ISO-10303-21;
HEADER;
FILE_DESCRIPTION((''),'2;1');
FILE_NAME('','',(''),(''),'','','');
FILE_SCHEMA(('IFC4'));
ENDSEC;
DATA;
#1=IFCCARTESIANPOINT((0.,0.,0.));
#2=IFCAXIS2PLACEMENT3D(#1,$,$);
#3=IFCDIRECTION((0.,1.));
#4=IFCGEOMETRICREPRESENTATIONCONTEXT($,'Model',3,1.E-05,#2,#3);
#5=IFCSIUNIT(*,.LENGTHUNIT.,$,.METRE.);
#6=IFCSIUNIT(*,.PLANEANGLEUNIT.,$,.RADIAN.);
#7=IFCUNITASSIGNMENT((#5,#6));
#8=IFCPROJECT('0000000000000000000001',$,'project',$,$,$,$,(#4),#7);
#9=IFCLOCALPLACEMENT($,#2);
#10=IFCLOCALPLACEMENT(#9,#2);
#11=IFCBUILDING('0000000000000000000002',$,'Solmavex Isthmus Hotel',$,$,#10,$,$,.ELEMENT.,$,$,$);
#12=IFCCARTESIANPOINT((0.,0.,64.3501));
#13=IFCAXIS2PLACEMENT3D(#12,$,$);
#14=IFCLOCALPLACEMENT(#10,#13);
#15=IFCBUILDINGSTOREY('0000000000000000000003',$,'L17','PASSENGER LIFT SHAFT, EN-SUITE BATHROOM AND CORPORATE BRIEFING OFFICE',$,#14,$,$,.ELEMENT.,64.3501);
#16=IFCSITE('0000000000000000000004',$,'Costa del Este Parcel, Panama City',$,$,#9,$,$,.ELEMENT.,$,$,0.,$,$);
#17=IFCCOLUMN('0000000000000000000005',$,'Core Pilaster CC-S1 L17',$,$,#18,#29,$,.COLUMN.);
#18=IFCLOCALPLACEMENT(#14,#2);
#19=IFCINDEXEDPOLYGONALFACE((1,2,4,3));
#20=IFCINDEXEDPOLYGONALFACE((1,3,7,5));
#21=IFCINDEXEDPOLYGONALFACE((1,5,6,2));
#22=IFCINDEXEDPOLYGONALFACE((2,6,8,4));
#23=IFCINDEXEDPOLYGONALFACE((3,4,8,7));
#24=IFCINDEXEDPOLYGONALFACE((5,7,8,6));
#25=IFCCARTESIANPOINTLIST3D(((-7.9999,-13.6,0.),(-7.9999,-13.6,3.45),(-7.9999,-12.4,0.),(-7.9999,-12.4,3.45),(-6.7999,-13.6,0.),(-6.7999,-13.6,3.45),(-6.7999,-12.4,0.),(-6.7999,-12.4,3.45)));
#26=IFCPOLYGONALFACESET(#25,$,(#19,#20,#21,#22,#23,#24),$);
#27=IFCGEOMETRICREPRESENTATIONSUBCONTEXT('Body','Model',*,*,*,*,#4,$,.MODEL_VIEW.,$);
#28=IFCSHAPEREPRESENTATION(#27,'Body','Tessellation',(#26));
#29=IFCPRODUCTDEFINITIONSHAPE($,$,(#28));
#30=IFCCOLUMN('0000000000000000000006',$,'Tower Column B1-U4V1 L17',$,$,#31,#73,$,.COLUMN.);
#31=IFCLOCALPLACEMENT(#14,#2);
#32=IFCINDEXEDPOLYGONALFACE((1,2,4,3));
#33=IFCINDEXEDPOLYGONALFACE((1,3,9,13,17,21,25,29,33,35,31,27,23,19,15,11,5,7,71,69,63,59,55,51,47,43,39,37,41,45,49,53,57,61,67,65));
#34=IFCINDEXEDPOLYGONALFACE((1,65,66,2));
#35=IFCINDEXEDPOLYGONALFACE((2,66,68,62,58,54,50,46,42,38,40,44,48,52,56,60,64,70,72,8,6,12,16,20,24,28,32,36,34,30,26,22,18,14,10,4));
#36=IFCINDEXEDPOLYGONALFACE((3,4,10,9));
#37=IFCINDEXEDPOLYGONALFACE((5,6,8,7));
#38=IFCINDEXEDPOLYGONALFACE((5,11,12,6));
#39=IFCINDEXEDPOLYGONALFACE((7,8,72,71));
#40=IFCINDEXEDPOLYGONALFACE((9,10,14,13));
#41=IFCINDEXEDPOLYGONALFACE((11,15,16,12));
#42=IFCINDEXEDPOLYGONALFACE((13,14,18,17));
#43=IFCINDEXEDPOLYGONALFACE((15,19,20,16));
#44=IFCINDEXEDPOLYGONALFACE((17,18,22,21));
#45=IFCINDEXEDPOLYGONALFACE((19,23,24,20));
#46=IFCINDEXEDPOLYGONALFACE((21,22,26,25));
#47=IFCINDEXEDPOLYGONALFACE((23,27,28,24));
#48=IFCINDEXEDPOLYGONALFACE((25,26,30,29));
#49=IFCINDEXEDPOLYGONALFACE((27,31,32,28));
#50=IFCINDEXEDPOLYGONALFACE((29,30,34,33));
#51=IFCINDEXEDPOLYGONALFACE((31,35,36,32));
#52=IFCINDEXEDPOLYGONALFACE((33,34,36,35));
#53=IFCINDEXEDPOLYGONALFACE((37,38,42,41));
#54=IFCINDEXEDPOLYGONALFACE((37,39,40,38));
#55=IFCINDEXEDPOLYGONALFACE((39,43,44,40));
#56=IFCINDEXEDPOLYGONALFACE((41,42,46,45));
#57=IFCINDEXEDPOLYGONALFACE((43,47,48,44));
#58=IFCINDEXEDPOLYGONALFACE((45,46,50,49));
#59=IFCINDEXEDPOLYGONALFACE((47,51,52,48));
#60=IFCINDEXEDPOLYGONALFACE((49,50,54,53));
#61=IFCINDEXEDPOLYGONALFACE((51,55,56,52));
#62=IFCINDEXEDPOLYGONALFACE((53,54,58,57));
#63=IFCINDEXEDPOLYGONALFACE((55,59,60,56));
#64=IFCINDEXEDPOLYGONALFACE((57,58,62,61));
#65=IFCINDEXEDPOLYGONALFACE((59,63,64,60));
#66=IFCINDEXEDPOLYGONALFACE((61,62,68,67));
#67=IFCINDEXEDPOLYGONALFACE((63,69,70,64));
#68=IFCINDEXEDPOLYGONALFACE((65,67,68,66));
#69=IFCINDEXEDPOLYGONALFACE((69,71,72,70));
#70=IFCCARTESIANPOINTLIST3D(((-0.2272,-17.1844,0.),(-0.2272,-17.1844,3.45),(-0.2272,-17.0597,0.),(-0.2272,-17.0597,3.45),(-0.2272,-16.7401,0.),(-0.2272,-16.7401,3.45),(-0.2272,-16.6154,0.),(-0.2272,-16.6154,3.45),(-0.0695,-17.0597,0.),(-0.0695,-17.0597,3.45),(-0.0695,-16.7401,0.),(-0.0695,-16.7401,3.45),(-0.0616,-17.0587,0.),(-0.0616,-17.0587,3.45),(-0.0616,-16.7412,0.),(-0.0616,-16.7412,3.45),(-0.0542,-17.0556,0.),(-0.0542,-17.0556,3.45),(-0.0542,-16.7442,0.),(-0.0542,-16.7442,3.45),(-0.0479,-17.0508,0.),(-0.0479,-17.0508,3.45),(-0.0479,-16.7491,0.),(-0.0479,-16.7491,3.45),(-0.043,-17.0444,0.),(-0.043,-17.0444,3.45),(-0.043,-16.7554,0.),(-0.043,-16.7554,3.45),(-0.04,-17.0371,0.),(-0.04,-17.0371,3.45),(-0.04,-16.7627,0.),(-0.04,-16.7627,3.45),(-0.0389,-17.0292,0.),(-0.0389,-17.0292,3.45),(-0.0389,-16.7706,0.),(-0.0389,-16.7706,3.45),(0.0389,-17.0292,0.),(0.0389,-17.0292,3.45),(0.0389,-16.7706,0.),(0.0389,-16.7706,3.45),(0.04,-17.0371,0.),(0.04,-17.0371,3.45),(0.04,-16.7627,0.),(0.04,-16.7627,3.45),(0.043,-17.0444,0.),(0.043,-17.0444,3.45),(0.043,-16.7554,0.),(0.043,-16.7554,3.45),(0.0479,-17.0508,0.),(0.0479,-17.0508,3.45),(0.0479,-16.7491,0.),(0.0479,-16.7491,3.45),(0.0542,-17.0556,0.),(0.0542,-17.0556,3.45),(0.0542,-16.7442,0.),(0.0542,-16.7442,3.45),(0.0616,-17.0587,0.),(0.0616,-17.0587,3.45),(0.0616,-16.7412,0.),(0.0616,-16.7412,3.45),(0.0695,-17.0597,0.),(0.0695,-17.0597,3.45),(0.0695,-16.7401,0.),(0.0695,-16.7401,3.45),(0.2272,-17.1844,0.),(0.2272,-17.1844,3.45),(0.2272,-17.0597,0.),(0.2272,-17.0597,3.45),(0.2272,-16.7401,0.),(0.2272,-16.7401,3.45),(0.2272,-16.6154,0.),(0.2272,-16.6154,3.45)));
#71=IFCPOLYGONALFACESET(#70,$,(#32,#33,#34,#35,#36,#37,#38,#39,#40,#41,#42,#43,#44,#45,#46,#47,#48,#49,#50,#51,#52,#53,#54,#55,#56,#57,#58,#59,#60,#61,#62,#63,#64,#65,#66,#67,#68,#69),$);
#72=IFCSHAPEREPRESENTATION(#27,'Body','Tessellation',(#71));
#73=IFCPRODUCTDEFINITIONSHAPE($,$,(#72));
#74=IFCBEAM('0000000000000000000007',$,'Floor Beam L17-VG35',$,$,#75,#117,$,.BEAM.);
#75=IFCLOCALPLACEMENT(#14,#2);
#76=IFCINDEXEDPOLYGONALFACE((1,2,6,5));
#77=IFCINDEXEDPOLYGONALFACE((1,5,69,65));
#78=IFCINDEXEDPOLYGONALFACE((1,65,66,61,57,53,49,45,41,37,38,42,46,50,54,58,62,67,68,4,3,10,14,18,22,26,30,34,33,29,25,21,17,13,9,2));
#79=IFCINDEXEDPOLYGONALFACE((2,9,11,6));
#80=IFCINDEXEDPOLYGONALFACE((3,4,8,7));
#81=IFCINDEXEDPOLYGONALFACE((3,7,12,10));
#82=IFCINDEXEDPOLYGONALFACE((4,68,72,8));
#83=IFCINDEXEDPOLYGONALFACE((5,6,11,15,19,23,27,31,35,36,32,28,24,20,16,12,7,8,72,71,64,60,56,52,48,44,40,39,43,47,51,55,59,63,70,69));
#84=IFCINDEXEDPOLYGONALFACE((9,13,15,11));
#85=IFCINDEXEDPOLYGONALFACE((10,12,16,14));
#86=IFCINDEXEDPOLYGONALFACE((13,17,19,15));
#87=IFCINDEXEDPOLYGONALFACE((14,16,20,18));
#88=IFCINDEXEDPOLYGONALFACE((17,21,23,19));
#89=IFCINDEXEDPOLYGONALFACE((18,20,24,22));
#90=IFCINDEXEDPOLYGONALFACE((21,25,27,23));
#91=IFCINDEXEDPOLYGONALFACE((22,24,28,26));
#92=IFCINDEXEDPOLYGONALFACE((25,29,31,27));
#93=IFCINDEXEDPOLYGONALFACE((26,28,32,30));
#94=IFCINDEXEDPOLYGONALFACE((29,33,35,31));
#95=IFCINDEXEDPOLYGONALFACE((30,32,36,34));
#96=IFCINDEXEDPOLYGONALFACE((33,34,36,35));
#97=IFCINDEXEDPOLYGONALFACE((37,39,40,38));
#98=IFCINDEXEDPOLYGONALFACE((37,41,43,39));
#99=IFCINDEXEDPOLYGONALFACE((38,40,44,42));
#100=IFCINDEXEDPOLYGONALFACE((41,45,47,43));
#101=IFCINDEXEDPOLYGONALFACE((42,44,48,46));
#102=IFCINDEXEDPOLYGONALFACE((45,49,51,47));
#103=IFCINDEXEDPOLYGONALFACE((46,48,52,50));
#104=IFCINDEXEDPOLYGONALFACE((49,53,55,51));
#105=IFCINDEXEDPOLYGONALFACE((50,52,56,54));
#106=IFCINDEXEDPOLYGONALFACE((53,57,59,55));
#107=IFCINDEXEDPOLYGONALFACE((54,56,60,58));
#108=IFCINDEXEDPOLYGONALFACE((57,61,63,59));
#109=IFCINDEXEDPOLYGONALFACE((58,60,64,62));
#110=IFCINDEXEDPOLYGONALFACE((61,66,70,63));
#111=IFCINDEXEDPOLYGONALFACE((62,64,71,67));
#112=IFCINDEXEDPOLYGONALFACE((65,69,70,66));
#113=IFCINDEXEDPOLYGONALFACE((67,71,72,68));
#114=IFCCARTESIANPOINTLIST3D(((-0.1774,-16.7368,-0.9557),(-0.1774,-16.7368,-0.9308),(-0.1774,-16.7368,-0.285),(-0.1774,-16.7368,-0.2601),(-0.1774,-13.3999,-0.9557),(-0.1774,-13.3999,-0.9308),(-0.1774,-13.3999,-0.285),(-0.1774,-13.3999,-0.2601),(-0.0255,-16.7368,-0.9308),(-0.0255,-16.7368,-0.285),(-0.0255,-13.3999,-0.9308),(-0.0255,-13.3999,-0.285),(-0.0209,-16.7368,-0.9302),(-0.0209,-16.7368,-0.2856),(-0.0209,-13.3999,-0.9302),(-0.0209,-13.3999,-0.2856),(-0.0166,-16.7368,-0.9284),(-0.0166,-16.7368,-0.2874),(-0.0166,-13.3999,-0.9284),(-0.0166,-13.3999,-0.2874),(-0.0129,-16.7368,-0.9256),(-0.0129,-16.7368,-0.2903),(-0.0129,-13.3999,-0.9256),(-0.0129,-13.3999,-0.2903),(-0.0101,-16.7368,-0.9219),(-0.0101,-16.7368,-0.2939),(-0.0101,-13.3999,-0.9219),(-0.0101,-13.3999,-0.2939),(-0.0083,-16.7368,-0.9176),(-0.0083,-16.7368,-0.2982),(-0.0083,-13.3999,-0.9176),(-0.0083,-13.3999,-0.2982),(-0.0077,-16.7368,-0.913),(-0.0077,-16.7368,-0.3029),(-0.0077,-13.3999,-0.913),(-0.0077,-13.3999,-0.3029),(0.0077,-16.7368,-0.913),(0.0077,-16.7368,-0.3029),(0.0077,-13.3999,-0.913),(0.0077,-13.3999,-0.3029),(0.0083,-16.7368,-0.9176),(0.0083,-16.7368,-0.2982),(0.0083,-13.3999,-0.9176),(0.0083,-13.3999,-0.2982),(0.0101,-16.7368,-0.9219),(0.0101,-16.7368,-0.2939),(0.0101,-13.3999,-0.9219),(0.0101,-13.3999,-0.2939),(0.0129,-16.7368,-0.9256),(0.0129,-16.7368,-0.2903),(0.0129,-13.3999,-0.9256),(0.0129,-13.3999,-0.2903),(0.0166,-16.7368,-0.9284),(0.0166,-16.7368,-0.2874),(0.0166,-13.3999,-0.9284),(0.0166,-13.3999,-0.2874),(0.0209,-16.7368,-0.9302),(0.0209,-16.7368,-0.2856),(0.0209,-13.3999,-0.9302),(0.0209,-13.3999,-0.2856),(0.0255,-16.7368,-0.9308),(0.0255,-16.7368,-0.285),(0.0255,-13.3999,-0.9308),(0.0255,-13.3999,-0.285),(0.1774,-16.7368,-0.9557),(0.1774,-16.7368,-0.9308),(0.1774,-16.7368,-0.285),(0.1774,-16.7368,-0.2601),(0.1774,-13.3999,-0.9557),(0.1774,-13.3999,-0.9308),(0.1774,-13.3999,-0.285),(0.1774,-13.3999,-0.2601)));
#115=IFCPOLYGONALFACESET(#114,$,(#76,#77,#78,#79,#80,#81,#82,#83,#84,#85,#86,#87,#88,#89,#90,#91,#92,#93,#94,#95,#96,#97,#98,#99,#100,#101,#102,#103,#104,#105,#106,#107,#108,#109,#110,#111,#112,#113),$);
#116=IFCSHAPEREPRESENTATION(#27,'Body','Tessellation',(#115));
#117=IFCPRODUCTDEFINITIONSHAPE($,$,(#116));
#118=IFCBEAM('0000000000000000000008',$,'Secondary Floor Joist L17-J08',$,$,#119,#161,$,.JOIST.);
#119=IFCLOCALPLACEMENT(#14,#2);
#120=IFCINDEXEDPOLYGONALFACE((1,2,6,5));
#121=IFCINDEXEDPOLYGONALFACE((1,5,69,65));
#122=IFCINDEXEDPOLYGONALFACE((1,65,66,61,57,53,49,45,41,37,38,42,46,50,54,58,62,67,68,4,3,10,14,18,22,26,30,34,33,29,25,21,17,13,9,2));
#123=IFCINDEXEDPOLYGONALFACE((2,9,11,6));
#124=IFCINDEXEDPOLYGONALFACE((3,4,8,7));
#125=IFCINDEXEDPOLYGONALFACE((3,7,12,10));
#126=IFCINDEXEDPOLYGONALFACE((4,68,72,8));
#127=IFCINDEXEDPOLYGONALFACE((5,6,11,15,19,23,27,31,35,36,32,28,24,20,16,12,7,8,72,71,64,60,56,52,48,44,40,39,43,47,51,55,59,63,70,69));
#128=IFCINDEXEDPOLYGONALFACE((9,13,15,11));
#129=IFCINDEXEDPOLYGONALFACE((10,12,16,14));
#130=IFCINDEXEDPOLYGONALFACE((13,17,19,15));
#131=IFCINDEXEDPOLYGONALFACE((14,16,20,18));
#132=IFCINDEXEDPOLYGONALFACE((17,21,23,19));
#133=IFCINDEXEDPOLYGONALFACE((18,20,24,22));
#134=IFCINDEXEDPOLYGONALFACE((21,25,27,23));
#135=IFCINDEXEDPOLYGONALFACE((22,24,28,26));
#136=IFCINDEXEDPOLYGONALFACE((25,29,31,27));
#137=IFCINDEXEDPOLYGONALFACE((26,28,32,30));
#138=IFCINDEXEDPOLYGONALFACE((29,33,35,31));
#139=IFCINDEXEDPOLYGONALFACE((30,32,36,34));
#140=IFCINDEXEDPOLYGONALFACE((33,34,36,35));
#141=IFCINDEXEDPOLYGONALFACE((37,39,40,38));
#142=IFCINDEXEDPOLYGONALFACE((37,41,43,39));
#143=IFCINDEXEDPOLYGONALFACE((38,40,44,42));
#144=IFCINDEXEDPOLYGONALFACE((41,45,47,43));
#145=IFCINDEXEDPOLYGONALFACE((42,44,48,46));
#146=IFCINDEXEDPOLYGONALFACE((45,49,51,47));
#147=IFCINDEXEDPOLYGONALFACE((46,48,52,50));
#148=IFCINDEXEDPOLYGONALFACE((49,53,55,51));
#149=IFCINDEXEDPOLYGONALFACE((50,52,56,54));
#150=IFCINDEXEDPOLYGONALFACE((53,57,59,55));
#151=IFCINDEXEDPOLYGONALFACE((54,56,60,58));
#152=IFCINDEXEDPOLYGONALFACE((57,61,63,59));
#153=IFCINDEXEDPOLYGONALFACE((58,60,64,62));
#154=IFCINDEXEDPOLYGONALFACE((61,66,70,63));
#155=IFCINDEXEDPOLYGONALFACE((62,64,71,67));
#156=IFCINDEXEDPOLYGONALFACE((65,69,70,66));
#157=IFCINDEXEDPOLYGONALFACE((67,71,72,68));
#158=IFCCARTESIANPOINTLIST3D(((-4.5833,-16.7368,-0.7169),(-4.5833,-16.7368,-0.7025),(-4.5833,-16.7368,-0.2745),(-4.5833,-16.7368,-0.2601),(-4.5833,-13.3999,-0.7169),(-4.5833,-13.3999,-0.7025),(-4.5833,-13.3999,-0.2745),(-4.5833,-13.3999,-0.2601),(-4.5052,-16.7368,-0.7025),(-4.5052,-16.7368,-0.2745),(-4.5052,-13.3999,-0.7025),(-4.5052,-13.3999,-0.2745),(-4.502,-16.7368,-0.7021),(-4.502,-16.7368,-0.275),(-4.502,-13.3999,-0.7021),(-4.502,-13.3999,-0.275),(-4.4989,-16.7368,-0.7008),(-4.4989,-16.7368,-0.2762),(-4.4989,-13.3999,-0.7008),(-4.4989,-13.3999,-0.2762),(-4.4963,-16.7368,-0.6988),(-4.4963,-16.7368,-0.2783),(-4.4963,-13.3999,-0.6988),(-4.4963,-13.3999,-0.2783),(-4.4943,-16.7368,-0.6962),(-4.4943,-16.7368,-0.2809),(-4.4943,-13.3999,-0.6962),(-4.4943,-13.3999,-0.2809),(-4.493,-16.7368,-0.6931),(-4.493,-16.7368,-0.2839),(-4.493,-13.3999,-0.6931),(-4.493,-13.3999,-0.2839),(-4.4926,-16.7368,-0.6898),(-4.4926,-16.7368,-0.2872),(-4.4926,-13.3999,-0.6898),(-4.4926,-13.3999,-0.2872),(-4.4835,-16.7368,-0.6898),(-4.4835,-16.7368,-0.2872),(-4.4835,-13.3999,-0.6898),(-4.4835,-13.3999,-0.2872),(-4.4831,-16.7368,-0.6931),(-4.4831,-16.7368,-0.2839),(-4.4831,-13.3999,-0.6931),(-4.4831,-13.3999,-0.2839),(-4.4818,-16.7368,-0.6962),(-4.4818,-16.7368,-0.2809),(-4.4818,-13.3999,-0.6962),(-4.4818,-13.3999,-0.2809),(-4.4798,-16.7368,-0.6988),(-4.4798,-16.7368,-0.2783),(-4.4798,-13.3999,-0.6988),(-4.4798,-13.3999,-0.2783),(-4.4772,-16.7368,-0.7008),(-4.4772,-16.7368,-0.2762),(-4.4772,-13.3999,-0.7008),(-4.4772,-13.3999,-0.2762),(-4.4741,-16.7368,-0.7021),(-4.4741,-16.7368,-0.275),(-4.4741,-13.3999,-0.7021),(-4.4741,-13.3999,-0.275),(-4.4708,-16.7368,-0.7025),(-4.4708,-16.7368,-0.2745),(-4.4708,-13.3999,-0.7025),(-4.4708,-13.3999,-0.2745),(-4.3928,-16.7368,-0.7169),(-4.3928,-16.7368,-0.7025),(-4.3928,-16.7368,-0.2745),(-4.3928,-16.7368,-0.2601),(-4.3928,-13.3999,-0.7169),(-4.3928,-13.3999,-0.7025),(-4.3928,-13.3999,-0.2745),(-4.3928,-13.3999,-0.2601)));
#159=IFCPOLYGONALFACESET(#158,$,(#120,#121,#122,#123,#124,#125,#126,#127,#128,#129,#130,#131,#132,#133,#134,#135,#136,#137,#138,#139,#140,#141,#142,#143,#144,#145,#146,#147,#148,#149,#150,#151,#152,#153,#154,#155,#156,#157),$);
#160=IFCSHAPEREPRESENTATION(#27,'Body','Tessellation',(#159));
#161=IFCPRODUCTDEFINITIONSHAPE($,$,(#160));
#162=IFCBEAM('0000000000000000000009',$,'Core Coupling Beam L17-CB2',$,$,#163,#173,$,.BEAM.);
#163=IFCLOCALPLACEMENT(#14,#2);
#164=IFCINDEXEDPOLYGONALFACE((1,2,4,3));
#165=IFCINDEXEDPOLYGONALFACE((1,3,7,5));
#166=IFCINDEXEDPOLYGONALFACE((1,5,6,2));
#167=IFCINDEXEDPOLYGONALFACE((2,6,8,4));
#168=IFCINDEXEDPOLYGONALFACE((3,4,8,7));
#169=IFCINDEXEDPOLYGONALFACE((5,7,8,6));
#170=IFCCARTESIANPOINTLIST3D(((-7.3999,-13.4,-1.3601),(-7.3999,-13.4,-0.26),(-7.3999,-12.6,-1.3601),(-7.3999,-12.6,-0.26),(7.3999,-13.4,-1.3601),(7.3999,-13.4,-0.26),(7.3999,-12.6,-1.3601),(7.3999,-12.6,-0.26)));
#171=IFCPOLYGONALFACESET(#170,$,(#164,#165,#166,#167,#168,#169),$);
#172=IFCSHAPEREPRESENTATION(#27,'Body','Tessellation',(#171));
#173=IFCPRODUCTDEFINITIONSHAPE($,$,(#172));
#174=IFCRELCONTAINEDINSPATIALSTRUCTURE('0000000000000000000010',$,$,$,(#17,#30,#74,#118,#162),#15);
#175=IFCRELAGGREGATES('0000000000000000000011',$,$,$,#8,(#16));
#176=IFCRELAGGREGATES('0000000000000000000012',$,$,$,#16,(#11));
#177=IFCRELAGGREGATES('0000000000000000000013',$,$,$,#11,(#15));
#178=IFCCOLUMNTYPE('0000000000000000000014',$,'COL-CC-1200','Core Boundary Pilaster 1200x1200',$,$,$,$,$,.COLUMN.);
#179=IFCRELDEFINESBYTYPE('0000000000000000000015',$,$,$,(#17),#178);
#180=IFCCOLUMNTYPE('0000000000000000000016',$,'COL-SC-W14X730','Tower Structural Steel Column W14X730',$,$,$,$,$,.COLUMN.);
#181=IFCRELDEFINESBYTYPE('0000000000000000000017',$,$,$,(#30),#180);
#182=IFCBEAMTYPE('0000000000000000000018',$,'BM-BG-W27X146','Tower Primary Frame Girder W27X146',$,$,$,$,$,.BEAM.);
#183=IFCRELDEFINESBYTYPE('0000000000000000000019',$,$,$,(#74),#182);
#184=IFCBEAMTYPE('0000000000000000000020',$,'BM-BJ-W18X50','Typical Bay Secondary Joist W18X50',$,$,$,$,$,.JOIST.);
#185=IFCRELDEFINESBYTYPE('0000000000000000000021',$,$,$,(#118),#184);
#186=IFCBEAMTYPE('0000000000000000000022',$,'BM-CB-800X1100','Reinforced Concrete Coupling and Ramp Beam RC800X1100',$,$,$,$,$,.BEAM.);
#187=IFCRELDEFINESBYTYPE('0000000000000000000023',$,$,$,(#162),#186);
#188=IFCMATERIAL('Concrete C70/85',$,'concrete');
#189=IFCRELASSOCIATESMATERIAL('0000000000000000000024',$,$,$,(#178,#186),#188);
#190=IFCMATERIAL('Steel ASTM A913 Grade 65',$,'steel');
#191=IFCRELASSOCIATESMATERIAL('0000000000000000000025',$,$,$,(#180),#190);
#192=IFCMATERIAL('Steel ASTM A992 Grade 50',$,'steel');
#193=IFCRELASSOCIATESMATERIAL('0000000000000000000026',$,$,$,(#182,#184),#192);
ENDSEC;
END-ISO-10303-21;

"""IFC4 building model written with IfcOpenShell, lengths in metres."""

from ifc_helpers import new_model, si_unit, direction, frame, origin, origin_2d, place, context, subcontext, project, spatial, rectangle, i_section, extrude, material, material_profile, profile_set, type_object, element, save


model = new_model("IFC4")

# Units and contexts
model_context = context("Model", 3, precision=1e-05, world=origin(), true_north=direction((0.0, 1.0)))
body_context = subcontext(model_context, "Body", "Model", "MODEL_VIEW")
ifc_project = project(units=[si_unit("LENGTHUNIT", "METRE"), si_unit("PLANEANGLEUNIT", "RADIAN")], contexts=[model_context])

# Site, building, storey
site_placement = place(None, origin())
site = spatial("IfcSite", under=ifc_project, at=site_placement, Name="Costa del Este Parcel, Panama City", CompositionType="ELEMENT", RefElevation=0.0)
building_placement = place(site_placement, origin())
building = spatial("IfcBuilding", under=site, at=building_placement, Name="Solmavex Isthmus Hotel", CompositionType="ELEMENT")
storey_placement = place(building_placement, frame((0.0, 0.0, 64.3501)))
storey = spatial("IfcBuildingStorey", under=building, at=storey_placement, Name="L17", Description="PASSENGER LIFT SHAFT, EN-SUITE BATHROOM AND CORPORATE BRIEFING OFFICE", CompositionType="ELEMENT", Elevation=64.3501)

# Columns
ifc_material_1 = material(Name="Concrete C70/85", Category="concrete")
ifc_material_profile_1 = material_profile(ifc_material_1, rectangle(XDim=1.2, YDim=1.2, at=origin_2d()), Name="RC1200X1200")
ifc_profile_set_1 = profile_set([ifc_material_profile_1], Name="Concrete C70/85")
column_type_1 = type_object("IfcColumnType", Name="COL-CC-1200", Description="Core Boundary Pilaster 1200x1200", PredefinedType="COLUMN", material=ifc_profile_set_1)
column_1_placement = place(storey_placement, frame((-7.3999, -13.0, 0.0), z_axis=(0.0, 0.0, 1.0), x_axis=(1.0, 0.0, 0.0)))
element("IfcColumn", 1, at=column_1_placement, inside=storey, type_object=column_type_1, Name="Core Pilaster CC-S1 L17", PredefinedType="COLUMN", context=body_context, shape_type="SweptSolid", body=[
    extrude(rectangle(XDim=1.2, YDim=1.2, at=origin_2d()), origin(), (0.0, 0.0, 1.0), 3.45),
])
ifc_material_2 = material(Name="Steel ASTM A913 Grade 65", Category="steel")
ifc_material_profile_2 = material_profile(ifc_material_2, i_section(OverallWidth=0.4543, OverallDepth=0.5691, WebThickness=0.0779, FlangeThickness=0.1248, FilletRadius=0.0305, at=origin_2d()), Name="W14X730")
ifc_profile_set_2 = profile_set([ifc_material_profile_2], Name="Steel ASTM A913 Grade 65")
column_type_2 = type_object("IfcColumnType", Name="COL-SC-W14X730", Description="Tower Structural Steel Column W14X730", PredefinedType="COLUMN", material=ifc_profile_set_2)
column_2_placement = place(storey_placement, frame((0.0, -16.8999, 0.0), z_axis=(0.0, 0.0, 1.0), x_axis=(1.0, 0.0, 0.0)))
element("IfcColumn", 2, at=column_2_placement, inside=storey, type_object=column_type_2, Name="Tower Column B1-U4V1 L17", PredefinedType="COLUMN", context=body_context, shape_type="SweptSolid", body=[
    extrude(i_section(OverallWidth=0.4543, OverallDepth=0.5691, WebThickness=0.0779, FlangeThickness=0.1248, FilletRadius=0.0305, at=origin_2d()), origin(), (0.0, 0.0, 1.0), 3.45),
])

# Beams
ifc_material_3 = material(Name="Steel ASTM A992 Grade 50", Category="steel")
ifc_material_profile_3 = material_profile(ifc_material_3, i_section(OverallWidth=0.3547, OverallDepth=0.6956, WebThickness=0.0154, FlangeThickness=0.0249, FilletRadius=0.0178, at=origin_2d()), Name="W27X146")
ifc_profile_set_3 = profile_set([ifc_material_profile_3], Name="Steel ASTM A992 Grade 50")
beam_type_1 = type_object("IfcBeamType", Name="BM-BG-W27X146", Description="Tower Primary Frame Girder W27X146", PredefinedType="BEAM", material=ifc_profile_set_3)
beam_1_placement = place(storey_placement, frame((0.0, -16.7368, -0.6079), z_axis=(0.0, 1.0, 0.0), x_axis=(-1.0, 0.0, 0.0)))
element("IfcBeam", 3, at=beam_1_placement, inside=storey, type_object=beam_type_1, Name="Floor Beam L17-VG35", PredefinedType="BEAM", context=body_context, shape_type="SweptSolid", body=[
    extrude(i_section(OverallWidth=0.3547, OverallDepth=0.6956, WebThickness=0.0154, FlangeThickness=0.0249, FilletRadius=0.0178, at=origin_2d()), origin(), (0.0, 0.0, 1.0), 3.3369),
])
ifc_material_profile_4 = material_profile(ifc_material_3, i_section(OverallWidth=0.1904, OverallDepth=0.4568, WebThickness=0.009, FlangeThickness=0.0144, FilletRadius=0.0127, at=origin_2d()), Name="W18X50")
ifc_profile_set_4 = profile_set([ifc_material_profile_4], Name="Steel ASTM A992 Grade 50")
beam_type_2 = type_object("IfcBeamType", Name="BM-BJ-W18X50", Description="Typical Bay Secondary Joist W18X50", PredefinedType="JOIST", material=ifc_profile_set_4)
beam_2_placement = place(storey_placement, frame((-4.488, -16.7368, -0.4885), z_axis=(0.0, 1.0, 0.0), x_axis=(-1.0, 0.0, 0.0)))
element("IfcBeam", 4, at=beam_2_placement, inside=storey, type_object=beam_type_2, Name="Secondary Floor Joist L17-J08", PredefinedType="JOIST", context=body_context, shape_type="SweptSolid", body=[
    extrude(i_section(OverallWidth=0.1904, OverallDepth=0.4568, WebThickness=0.009, FlangeThickness=0.0144, FilletRadius=0.0127, at=origin_2d()), origin(), (0.0, 0.0, 1.0), 3.3369),
])
ifc_material_profile_5 = material_profile(ifc_material_1, rectangle(XDim=0.8, YDim=1.1001, at=origin_2d()), Name="RC800X1100")
ifc_profile_set_5 = profile_set([ifc_material_profile_5], Name="Concrete C70/85")
beam_type_3 = type_object("IfcBeamType", Name="BM-CB-800X1100", Description="Reinforced Concrete Coupling and Ramp Beam RC800X1100", PredefinedType="BEAM", material=ifc_profile_set_5)
beam_3_placement = place(storey_placement, frame((-7.3999, -13.0, -0.8101), z_axis=(1.0, 0.0, 0.0), x_axis=(0.0, 1.0, 0.0)))
element("IfcBeam", 5, at=beam_3_placement, inside=storey, type_object=beam_type_3, Name="Core Coupling Beam L17-CB2", PredefinedType="BEAM", context=body_context, shape_type="SweptSolid", body=[
    extrude(rectangle(XDim=0.8, YDim=1.1001, at=origin_2d()), origin(), (0.0, 0.0, 1.0), 14.7998),
])

save(model, "model.ifc")
